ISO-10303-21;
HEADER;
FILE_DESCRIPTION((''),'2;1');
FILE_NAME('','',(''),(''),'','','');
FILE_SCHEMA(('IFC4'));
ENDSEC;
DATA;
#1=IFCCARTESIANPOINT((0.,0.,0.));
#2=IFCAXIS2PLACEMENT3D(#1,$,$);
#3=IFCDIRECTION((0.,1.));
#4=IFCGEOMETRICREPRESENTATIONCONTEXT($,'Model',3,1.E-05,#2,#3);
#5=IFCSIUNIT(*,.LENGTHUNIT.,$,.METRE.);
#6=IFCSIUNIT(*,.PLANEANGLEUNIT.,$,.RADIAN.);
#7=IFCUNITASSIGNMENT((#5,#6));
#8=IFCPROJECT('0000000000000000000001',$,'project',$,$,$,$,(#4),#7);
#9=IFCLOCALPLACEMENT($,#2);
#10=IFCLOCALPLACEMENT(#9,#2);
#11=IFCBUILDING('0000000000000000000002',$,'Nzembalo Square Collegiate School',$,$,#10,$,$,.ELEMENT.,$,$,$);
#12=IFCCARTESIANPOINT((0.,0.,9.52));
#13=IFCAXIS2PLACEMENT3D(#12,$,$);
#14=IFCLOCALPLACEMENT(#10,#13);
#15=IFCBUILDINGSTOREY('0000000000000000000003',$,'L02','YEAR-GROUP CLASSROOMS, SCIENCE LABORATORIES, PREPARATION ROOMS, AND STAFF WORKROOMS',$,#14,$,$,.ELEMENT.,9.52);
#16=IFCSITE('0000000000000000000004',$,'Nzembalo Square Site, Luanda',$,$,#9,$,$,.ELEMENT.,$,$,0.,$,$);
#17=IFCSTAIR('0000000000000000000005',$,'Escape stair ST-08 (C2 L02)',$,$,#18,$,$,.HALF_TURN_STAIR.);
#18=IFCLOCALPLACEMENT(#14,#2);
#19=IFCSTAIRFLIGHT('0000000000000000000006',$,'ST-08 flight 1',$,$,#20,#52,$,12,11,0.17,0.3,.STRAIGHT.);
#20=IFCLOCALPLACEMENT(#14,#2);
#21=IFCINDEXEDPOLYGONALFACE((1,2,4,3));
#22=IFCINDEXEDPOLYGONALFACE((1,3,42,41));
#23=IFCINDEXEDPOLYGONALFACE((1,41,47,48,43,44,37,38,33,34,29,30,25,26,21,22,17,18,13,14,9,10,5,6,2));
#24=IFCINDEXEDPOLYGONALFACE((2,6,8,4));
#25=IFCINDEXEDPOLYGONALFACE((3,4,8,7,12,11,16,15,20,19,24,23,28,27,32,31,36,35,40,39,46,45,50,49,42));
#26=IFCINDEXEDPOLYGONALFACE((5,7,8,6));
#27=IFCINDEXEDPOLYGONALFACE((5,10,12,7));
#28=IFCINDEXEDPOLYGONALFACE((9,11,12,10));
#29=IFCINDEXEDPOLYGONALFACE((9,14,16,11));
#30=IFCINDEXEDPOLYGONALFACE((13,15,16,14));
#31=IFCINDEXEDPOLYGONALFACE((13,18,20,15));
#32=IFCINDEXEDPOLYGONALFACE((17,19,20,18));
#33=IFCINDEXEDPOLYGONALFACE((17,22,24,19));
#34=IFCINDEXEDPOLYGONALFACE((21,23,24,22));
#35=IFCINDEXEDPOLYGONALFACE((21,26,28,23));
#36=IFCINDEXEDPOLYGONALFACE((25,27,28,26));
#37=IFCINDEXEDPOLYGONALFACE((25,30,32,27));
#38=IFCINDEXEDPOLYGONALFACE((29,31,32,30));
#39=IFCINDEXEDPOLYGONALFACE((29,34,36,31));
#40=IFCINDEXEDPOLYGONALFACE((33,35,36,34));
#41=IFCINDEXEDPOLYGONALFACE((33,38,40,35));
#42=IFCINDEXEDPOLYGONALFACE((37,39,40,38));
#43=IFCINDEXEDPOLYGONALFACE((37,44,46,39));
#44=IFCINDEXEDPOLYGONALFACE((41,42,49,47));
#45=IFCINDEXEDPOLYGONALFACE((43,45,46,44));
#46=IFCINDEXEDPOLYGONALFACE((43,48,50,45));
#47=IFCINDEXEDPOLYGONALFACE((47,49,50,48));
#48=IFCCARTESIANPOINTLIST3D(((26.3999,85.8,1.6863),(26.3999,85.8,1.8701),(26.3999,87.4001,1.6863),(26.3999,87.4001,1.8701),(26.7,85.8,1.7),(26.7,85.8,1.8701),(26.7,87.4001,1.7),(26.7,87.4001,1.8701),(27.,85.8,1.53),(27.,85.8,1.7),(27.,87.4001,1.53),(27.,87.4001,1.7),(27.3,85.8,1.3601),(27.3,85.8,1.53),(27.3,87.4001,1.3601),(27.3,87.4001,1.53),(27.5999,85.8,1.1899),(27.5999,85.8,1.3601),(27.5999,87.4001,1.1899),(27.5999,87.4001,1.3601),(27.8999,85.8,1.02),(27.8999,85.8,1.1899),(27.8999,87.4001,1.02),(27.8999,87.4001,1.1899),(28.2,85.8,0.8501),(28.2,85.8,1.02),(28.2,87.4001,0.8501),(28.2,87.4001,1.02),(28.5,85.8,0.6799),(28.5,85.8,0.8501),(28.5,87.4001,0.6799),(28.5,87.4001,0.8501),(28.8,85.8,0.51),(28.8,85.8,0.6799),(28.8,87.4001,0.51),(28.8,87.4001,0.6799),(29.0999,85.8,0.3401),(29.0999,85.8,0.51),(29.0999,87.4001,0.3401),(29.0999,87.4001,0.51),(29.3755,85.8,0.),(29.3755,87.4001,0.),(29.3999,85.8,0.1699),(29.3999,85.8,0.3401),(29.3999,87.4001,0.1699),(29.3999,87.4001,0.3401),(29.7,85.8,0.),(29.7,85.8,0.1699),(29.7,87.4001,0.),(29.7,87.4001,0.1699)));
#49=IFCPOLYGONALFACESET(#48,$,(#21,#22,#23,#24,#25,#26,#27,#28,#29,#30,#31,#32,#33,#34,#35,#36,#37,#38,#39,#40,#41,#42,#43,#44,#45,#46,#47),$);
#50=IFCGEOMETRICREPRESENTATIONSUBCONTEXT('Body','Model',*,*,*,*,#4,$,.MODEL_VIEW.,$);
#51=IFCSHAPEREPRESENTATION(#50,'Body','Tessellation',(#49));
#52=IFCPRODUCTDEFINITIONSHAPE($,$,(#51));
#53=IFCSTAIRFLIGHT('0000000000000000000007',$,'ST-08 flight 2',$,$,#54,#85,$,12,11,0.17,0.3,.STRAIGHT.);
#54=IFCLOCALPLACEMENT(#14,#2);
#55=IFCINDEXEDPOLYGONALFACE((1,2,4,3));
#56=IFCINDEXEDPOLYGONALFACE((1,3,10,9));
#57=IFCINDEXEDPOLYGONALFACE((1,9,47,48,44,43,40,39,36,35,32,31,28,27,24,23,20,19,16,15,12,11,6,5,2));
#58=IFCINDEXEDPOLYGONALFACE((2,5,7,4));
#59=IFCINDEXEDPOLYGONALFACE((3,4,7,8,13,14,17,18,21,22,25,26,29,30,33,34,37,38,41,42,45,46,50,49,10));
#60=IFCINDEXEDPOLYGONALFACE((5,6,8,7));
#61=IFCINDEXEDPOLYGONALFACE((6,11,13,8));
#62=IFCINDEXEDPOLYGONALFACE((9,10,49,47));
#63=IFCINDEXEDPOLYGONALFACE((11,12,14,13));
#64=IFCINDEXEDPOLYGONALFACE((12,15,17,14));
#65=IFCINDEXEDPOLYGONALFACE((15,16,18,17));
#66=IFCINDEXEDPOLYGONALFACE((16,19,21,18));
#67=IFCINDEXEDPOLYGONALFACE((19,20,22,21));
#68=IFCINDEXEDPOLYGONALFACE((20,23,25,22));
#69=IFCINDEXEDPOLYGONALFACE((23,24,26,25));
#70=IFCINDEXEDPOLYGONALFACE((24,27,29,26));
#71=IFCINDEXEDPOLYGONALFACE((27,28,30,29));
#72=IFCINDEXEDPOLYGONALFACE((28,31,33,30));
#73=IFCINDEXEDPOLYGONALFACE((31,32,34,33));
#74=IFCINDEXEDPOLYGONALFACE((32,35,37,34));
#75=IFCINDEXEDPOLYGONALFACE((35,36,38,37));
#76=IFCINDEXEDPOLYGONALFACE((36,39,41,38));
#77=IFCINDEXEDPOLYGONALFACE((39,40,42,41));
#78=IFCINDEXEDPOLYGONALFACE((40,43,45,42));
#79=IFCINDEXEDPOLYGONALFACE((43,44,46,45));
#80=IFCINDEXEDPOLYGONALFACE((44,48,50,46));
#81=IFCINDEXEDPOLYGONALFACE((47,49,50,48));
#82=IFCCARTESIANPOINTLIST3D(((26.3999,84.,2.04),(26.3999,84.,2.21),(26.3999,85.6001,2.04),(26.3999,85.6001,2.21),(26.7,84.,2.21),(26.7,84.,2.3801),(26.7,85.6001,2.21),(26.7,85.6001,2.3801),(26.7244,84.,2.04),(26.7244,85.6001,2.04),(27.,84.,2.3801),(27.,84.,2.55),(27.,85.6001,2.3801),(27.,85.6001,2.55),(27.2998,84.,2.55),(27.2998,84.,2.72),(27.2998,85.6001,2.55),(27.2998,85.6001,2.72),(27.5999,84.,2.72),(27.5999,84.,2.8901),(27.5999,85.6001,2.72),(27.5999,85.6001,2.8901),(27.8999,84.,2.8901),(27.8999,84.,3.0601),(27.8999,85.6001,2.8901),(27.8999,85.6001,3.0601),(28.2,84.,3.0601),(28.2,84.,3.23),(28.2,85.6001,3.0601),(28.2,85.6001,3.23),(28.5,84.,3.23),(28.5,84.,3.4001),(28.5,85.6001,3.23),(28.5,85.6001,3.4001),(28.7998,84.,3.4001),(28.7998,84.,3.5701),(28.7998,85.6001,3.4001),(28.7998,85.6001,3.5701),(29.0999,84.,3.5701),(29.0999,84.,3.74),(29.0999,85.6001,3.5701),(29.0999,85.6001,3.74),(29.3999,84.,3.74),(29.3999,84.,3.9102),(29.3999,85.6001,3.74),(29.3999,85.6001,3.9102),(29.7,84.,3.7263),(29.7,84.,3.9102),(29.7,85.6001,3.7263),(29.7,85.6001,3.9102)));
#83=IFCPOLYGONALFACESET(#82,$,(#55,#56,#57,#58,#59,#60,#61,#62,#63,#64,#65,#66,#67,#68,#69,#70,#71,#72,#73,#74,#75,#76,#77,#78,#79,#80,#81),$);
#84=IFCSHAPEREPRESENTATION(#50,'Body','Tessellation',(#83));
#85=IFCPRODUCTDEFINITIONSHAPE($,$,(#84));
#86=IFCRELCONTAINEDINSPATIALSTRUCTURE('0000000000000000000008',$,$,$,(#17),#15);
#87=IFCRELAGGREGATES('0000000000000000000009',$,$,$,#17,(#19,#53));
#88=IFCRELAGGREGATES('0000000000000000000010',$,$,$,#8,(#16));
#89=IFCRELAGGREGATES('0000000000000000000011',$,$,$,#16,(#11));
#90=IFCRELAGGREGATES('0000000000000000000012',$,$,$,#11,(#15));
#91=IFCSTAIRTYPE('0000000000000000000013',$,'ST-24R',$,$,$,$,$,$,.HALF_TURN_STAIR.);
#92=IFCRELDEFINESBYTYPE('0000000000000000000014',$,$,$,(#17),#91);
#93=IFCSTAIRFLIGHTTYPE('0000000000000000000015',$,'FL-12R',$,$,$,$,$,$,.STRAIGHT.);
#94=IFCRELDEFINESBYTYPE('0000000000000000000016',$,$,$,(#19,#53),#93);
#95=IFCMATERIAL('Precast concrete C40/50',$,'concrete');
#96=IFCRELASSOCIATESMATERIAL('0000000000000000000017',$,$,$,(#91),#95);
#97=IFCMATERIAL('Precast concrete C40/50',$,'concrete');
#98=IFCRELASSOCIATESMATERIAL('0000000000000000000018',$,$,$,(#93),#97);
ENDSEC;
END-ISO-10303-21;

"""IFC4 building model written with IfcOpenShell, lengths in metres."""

from ifc_helpers import new_model, si_unit, direction, frame, origin, place, context, subcontext, project, spatial, polyline, outline, extrude, material, type_object, element, aggregate, save


model = new_model("IFC4")

# Units and contexts
model_context = context("Model", 3, precision=1e-05, world=origin(), true_north=direction((0.0, 1.0)))
body_context = subcontext(model_context, "Body", "Model", "MODEL_VIEW")
ifc_project = project(units=[si_unit("LENGTHUNIT", "METRE"), si_unit("PLANEANGLEUNIT", "RADIAN")], contexts=[model_context])

# Site, building, storey
site_placement = place(None, origin())
site = spatial("IfcSite", under=ifc_project, at=site_placement, Name="Nzembalo Square Site, Luanda", CompositionType="ELEMENT", RefElevation=0.0)
building_placement = place(site_placement, origin())
building = spatial("IfcBuilding", under=site, at=building_placement, Name="Nzembalo Square Collegiate School", CompositionType="ELEMENT")
storey_placement = place(building_placement, frame((0.0, 0.0, 9.52)))
storey = spatial("IfcBuildingStorey", under=building, at=storey_placement, Name="L02", Description="YEAR-GROUP CLASSROOMS, SCIENCE LABORATORIES, PREPARATION ROOMS, AND STAFF WORKROOMS", CompositionType="ELEMENT", Elevation=9.52)

# Stair, stair flights
ifc_material_1 = material(Name="Precast concrete C40/50", Category="concrete")
stair_type = type_object("IfcStairType", Name="ST-24R", PredefinedType="HALF_TURN_STAIR", material=ifc_material_1)
stair_placement = place(storey_placement, origin())
stair = element("IfcStair", 1, at=stair_placement, inside=storey, type_object=stair_type, Name="Escape stair ST-08 (C2 L02)", PredefinedType="HALF_TURN_STAIR")
ifc_material_2 = material(Name="Precast concrete C40/50", Category="concrete")
stair_flight_type = type_object("IfcStairFlightType", Name="FL-12R", PredefinedType="STRAIGHT", material=ifc_material_2)
stair_flight_1_placement = place(storey_placement, frame((29.7, 86.6001, 0.0), z_axis=(0.0, 0.0, 1.0), x_axis=(-1.0, 0.0, 0.0)))
stair_flight_1 = element("IfcStairFlight", 2, at=stair_flight_1_placement, type_object=stair_flight_type, Name="ST-08 flight 1", NumberOfRisers=12, NumberOfTreads=11, PredefinedType="STRAIGHT", RiserHeight=0.17, TreadLength=0.3, context=body_context, shape_type="SweptSolid", body=[
    extrude(outline(polyline([(0.0, 0.0), (0.0, 0.1699), (0.3, 0.1699), (0.3, 0.3401), (0.6001, 0.3401), (0.6001, 0.51), (0.8999, 0.51), (0.8999, 0.6799), (1.2, 0.6799), (1.2, 0.8501), (1.5, 0.8501), (1.5, 1.02), (1.8, 1.02), (1.8, 1.1899), (2.1001, 1.1899), (2.1001, 1.3601), (2.3999, 1.3601), (2.3999, 1.53), (2.7, 1.53), (2.7, 1.7), (3.0, 1.7), (3.0, 1.8701), (3.3, 1.8701), (3.3, 2.04), (3.3, 1.6863), (0.3245, 0.0), (0.0, 0.0)])), frame((0.0, 0.8, 0.0), z_axis=(0.0, -1.0, 0.0), x_axis=(1.0, 0.0, 0.0)), (0.0, 0.0, 1.0), 1.6001),
])
stair_flight_2_placement = place(storey_placement, frame((26.3999, 84.8, 2.04), z_axis=(0.0, 0.0, 1.0), x_axis=(1.0, 0.0, 0.0)))
stair_flight_2 = element("IfcStairFlight", 3, at=stair_flight_2_placement, type_object=stair_flight_type, Name="ST-08 flight 2", NumberOfRisers=12, NumberOfTreads=11, PredefinedType="STRAIGHT", RiserHeight=0.17, TreadLength=0.3, context=body_context, shape_type="SweptSolid", body=[
    extrude(outline(polyline([(0.0, 0.0), (0.0, 0.1699), (0.3, 0.1699), (0.3, 0.3401), (0.6001, 0.3401), (0.6001, 0.51), (0.8999, 0.51), (0.8999, 0.6799), (1.2, 0.6799), (1.2, 0.8501), (1.5, 0.8501), (1.5, 1.02), (1.8, 1.02), (1.8, 1.1899), (2.1001, 1.1899), (2.1001, 1.3601), (2.3999, 1.3601), (2.3999, 1.53), (2.7, 1.53), (2.7, 1.7), (3.0, 1.7), (3.0, 1.8701), (3.3, 1.8701), (3.3, 2.04), (3.3, 1.6863), (0.3245, 0.0), (0.0, 0.0)])), frame((0.0, 0.8, 0.0), z_axis=(0.0, -1.0, 0.0), x_axis=(1.0, 0.0, 0.0)), (0.0, 0.0, 1.0), 1.6001),
])
aggregate(stair, [stair_flight_1, stair_flight_2])

save(model, "model.ifc")
